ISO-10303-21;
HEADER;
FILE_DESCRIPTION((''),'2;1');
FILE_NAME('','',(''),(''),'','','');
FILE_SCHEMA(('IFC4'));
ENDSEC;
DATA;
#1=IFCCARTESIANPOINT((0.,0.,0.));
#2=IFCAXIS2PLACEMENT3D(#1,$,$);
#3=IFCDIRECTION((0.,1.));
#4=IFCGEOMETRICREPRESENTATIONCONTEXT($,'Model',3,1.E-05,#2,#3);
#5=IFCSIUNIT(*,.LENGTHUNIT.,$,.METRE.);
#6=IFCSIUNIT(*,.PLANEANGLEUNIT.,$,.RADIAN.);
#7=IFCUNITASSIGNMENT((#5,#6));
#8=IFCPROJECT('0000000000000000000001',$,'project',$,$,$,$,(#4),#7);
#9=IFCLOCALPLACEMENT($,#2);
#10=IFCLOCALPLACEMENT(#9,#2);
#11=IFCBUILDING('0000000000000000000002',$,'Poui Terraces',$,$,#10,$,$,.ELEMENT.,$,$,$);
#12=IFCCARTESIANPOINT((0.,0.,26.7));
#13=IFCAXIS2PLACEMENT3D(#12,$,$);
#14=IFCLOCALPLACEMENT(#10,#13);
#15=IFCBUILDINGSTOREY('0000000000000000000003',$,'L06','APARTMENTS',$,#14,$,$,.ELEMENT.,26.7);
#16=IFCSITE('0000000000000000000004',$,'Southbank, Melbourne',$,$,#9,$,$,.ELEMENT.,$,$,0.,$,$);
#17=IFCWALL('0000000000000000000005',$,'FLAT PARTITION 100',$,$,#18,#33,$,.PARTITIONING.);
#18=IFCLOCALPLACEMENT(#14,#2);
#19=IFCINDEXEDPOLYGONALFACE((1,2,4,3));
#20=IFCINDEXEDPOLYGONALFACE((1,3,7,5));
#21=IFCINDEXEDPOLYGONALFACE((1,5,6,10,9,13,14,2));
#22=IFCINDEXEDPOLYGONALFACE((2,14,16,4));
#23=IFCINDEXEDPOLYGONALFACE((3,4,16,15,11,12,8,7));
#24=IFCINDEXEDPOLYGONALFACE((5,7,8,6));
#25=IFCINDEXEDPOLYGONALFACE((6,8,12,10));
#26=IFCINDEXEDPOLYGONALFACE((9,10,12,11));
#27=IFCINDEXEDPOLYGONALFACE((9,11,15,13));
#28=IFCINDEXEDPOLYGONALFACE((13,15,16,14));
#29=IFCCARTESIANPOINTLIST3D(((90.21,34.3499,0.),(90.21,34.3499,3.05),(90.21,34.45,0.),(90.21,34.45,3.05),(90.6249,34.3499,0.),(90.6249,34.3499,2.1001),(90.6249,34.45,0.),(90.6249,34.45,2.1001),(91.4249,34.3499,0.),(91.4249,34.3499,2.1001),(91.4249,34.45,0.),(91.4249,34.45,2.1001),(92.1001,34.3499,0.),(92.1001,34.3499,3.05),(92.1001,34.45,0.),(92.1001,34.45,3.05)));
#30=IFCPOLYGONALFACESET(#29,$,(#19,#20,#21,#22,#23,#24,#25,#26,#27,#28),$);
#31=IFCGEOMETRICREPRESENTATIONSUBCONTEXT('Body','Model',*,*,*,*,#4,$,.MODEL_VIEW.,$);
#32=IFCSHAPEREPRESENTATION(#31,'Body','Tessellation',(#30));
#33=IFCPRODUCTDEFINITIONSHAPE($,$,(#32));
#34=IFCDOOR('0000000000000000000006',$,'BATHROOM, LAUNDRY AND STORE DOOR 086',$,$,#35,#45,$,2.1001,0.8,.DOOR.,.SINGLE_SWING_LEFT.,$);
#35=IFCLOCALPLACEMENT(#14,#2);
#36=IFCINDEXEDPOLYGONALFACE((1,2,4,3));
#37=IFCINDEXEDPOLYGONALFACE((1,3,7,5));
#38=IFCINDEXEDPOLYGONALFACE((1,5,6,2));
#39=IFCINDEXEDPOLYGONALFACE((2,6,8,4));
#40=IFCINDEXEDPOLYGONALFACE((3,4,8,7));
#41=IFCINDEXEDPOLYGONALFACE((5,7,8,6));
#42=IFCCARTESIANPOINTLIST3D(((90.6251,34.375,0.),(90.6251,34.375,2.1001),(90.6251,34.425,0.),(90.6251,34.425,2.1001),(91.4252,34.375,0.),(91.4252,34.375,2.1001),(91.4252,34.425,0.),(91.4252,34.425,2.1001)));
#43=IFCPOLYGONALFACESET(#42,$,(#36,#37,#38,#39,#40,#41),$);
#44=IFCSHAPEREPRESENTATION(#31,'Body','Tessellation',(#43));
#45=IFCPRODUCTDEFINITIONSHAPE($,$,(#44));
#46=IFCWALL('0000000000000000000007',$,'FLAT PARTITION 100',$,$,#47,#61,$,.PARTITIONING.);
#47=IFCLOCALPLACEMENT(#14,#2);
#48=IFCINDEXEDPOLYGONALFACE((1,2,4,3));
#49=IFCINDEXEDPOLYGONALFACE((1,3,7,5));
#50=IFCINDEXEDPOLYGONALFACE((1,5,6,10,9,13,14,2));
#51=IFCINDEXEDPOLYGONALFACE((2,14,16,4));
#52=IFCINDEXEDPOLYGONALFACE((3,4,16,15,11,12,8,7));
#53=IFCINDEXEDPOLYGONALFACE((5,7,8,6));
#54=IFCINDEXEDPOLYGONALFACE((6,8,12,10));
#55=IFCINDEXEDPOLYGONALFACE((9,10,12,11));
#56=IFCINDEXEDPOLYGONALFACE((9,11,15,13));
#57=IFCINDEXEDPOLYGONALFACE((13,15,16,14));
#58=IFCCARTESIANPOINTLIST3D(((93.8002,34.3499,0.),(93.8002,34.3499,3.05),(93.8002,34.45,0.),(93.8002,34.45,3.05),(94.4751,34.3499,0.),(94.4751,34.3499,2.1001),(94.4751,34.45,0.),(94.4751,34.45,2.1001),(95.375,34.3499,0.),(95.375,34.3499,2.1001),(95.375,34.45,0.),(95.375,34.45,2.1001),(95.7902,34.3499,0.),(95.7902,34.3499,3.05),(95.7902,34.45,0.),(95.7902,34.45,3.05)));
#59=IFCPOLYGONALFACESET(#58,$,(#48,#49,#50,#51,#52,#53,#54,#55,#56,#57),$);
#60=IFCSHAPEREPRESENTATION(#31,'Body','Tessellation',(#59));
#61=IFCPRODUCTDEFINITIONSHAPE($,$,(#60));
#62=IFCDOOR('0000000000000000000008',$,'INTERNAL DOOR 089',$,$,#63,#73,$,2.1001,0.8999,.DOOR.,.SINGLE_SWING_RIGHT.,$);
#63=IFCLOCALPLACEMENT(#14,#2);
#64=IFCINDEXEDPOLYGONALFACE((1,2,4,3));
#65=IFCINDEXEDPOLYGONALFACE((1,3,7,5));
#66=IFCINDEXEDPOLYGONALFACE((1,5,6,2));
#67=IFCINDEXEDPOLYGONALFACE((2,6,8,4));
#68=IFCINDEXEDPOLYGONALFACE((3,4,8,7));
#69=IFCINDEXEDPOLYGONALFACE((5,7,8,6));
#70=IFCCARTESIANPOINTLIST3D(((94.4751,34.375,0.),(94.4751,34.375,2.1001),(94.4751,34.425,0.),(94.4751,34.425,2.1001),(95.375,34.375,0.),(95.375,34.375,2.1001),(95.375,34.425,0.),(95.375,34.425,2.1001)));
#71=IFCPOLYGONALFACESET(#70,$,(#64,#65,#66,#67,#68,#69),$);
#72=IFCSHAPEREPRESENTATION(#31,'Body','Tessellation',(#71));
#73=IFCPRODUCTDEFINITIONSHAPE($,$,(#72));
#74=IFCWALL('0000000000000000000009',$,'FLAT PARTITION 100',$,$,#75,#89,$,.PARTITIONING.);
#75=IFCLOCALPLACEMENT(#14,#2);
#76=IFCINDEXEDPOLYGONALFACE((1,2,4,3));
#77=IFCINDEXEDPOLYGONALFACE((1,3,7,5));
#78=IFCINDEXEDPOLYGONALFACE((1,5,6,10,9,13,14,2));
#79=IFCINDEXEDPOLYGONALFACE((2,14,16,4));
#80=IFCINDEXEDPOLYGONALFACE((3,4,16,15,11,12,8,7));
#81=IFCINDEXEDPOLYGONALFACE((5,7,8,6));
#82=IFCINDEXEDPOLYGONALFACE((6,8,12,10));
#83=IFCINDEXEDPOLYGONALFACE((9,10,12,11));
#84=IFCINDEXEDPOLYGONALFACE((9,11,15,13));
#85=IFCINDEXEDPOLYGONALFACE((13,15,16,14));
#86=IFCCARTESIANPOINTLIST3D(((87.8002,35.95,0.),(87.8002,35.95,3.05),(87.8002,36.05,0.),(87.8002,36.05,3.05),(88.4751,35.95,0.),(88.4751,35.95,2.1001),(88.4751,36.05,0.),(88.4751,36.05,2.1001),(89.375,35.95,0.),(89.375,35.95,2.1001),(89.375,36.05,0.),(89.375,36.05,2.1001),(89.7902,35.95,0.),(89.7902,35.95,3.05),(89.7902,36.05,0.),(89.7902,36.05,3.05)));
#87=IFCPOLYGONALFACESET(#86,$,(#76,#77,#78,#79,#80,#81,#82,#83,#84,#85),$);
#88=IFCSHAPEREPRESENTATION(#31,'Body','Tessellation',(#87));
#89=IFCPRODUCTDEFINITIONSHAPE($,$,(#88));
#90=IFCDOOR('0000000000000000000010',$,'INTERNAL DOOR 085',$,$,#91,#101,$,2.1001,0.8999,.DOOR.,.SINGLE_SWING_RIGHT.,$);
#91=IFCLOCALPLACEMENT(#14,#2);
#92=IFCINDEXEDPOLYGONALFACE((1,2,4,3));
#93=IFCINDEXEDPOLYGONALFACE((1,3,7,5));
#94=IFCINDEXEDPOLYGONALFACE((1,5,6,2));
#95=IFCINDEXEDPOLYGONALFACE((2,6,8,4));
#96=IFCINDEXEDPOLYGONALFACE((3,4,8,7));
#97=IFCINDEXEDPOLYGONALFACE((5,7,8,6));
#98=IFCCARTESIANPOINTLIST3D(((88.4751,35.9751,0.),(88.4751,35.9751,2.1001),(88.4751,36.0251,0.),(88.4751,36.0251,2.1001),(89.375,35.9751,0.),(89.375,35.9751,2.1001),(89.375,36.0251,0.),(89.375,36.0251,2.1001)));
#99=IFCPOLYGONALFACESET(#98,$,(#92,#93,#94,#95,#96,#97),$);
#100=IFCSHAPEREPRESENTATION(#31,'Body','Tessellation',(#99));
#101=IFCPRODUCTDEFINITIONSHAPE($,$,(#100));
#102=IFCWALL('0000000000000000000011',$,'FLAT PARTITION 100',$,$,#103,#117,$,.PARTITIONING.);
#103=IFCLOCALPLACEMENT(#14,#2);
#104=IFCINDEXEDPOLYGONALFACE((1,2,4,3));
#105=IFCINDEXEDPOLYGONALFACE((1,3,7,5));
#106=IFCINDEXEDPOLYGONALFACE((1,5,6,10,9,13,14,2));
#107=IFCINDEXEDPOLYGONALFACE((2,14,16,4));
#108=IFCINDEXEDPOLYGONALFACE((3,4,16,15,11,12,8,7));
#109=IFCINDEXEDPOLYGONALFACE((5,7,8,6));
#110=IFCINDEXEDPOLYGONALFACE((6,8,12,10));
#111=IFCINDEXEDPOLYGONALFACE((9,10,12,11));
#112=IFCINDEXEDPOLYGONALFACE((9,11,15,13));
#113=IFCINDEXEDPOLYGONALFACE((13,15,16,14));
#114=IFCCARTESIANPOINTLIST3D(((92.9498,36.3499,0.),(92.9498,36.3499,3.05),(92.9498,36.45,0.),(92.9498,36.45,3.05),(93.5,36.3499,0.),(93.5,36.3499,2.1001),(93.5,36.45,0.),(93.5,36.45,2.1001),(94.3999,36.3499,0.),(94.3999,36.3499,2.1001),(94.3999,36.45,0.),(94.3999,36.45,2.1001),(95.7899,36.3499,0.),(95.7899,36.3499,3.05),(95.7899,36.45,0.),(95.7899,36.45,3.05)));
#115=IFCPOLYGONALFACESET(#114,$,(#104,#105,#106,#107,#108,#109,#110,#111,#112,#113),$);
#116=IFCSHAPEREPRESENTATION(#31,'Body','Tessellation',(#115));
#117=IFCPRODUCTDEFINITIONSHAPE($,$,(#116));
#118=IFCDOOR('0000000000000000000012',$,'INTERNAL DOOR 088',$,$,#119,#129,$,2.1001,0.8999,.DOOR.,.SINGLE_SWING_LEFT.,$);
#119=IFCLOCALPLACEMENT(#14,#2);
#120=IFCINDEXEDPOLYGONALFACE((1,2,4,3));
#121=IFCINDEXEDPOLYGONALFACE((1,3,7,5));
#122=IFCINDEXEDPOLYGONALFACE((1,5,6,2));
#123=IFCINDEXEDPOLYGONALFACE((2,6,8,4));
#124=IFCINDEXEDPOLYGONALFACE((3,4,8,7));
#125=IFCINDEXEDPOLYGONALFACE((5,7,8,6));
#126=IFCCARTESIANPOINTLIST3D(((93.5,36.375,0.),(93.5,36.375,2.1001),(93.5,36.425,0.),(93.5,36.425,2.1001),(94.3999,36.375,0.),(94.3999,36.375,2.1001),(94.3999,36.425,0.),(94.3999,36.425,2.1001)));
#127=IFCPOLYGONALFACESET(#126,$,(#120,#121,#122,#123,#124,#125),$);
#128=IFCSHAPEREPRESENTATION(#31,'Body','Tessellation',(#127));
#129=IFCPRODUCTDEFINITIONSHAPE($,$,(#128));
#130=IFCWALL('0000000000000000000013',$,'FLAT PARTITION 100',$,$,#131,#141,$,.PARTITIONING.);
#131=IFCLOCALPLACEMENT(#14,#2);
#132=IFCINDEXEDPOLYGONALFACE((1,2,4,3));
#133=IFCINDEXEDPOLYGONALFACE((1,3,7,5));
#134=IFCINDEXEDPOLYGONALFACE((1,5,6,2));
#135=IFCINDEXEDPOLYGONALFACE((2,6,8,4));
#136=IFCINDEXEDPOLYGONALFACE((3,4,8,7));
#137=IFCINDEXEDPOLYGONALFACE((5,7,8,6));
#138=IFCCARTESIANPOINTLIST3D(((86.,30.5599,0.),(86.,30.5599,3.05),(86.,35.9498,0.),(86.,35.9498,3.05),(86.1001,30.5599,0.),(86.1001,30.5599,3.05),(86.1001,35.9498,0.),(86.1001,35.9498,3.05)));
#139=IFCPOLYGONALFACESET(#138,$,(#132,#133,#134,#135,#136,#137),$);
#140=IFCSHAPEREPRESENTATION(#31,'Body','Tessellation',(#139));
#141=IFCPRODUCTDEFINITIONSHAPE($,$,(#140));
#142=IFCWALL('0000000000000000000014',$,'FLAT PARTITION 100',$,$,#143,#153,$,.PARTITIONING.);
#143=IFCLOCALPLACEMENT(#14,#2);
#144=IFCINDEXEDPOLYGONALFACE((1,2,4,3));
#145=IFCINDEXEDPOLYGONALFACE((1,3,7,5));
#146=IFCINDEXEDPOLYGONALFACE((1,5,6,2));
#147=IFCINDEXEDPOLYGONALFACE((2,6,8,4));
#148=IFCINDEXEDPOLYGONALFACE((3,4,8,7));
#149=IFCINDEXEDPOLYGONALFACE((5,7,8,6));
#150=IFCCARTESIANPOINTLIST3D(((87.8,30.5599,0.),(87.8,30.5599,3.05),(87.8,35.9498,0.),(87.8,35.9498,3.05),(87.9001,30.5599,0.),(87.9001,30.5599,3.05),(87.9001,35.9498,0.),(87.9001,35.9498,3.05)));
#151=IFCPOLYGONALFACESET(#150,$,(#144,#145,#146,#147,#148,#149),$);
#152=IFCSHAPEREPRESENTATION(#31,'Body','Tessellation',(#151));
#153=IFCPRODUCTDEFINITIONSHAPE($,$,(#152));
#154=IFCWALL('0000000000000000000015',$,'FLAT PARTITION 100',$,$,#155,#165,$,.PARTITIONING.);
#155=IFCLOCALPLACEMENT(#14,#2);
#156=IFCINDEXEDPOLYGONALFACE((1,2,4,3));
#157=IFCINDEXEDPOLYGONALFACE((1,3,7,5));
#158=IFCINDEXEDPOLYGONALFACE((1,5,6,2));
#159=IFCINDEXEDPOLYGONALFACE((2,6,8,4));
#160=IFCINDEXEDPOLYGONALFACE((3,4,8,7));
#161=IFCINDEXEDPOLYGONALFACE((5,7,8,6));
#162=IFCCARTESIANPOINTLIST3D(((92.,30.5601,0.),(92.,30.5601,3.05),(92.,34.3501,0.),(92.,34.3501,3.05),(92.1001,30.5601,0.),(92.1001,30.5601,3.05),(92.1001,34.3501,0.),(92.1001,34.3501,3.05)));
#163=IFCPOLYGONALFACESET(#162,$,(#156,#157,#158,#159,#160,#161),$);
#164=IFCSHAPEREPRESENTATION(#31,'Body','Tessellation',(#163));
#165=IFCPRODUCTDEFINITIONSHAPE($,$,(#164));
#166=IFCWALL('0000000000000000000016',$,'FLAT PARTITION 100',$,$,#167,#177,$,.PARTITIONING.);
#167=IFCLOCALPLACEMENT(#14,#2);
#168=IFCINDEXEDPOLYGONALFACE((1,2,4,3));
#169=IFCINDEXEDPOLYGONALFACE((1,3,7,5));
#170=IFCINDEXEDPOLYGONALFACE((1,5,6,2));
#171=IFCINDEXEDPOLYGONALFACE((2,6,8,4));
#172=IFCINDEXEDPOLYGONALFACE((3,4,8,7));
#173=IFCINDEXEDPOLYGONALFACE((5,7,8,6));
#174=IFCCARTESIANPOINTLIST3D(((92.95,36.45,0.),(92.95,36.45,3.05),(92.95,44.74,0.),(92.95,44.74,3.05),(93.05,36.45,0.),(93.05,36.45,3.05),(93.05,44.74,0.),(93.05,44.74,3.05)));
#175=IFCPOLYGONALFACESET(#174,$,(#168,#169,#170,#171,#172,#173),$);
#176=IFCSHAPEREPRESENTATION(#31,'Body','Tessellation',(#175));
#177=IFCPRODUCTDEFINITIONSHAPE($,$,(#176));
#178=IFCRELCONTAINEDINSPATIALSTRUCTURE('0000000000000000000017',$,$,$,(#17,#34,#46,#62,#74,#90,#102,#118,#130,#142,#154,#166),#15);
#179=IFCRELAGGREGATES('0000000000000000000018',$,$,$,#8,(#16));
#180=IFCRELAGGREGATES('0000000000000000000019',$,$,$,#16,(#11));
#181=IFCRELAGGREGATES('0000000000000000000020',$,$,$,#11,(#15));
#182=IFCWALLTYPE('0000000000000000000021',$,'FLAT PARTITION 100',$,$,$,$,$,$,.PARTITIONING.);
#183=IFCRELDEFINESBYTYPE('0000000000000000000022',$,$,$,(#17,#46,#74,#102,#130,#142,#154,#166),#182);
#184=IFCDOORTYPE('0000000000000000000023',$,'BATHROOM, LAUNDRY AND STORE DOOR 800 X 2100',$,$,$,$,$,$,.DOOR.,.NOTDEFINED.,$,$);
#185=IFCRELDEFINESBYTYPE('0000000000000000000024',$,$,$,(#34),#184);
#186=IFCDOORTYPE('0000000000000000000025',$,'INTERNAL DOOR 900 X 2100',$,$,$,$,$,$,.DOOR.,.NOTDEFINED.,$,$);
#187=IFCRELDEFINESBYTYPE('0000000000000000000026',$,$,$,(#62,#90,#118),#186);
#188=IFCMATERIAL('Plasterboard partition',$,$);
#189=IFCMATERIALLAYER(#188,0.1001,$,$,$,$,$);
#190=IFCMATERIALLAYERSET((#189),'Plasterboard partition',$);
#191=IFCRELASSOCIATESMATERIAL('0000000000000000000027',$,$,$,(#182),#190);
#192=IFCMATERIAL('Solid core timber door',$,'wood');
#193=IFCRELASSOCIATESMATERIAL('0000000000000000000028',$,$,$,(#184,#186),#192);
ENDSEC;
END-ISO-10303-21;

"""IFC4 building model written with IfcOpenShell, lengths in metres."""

from ifc_helpers import new_model, si_unit, direction, frame, frame_2d, origin, place, context, subcontext, project, spatial, rectangle, extrude, material, layer, layer_set, type_object, element, fill, save


model = new_model("IFC4")

# Units and contexts
model_context = context("Model", 3, precision=1e-05, world=origin(), true_north=direction((0.0, 1.0)))
body_context = subcontext(model_context, "Body", "Model", "MODEL_VIEW")
ifc_project = project(units=[si_unit("LENGTHUNIT", "METRE"), si_unit("PLANEANGLEUNIT", "RADIAN")], contexts=[model_context])

# Site, building, storey
site_placement = place(None, origin())
site = spatial("IfcSite", under=ifc_project, at=site_placement, Name="Southbank, Melbourne", CompositionType="ELEMENT", RefElevation=0.0)
building_placement = place(site_placement, origin())
building = spatial("IfcBuilding", under=site, at=building_placement, Name="Poui Terraces", CompositionType="ELEMENT")
storey_placement = place(building_placement, frame((0.0, 0.0, 26.7)))
storey = spatial("IfcBuildingStorey", under=building, at=storey_placement, Name="L06", Description="APARTMENTS", CompositionType="ELEMENT", Elevation=26.7)

# Walls, openings, doors
ifc_material_1 = material(Name="Plasterboard partition")
ifc_layer_1 = layer(ifc_material_1, 0.1001)
ifc_layer_set_1 = layer_set([ifc_layer_1], Name="Plasterboard partition")
wall_type_1 = type_object("IfcWallType", Name="FLAT PARTITION 100", PredefinedType="PARTITIONING", material=ifc_layer_set_1)
wall_1_placement = place(storey_placement, frame((90.21, 34.3999, 0.0), z_axis=(0.0, 0.0, 1.0), x_axis=(1.0, 0.0, 0.0)))
wall_1 = element("IfcWall", 1, at=wall_1_placement, inside=storey, type_object=wall_type_1, Name="FLAT PARTITION 100", PredefinedType="PARTITIONING", context=body_context, shape_type="SweptSolid", body=[
    extrude(rectangle(XDim=1.8901, YDim=0.1001, at=frame_2d((0.9451, 0.0))), origin(), (0.0, 0.0, 1.0), 3.05),
])
opening_1_placement = place(wall_1_placement, frame((0.415, 0.0, 0.0)))
opening_1 = element("IfcOpeningElement", 2, at=opening_1_placement, cuts=wall_1, PredefinedType="OPENING", context=body_context, shape_type="SweptSolid", body=[
    extrude(rectangle(XDim=0.8, YDim=2.1001, at=frame_2d((0.3999, 1.05))), frame((0.0, 0.0601, 0.0), z_axis=(0.0, -1.0, 0.0), x_axis=(1.0, 0.0, 0.0)), (0.0, 0.0, 1.0), 0.1201),
])
ifc_material_2 = material(Name="Solid core timber door", Category="wood")
door_type_1 = type_object("IfcDoorType", Name="BATHROOM, LAUNDRY AND STORE DOOR 800 X 2100", OperationType="NOTDEFINED", PredefinedType="DOOR", material=ifc_material_2)
door_1_placement = place(opening_1_placement, frame((0.8, 0.0, 0.0), z_axis=(0.0, 0.0, 1.0), x_axis=(-1.0, 0.0, 0.0)))
door_1 = element("IfcDoor", 3, at=door_1_placement, inside=storey, type_object=door_type_1, Name="BATHROOM, LAUNDRY AND STORE DOOR 086", OperationType="SINGLE_SWING_LEFT", OverallHeight=2.1001, OverallWidth=0.8, PredefinedType="DOOR", context=body_context, shape_type="SweptSolid", body=[
    extrude(rectangle(XDim=0.8, YDim=2.1001, at=frame_2d((0.3999, 1.05))), frame((0.0, 0.0249, 0.0), z_axis=(0.0, -1.0, 0.0), x_axis=(1.0, 0.0, 0.0)), (0.0, 0.0, 1.0), 0.05),
])
fill(opening_1, door_1)
wall_2_placement = place(storey_placement, frame((93.8, 34.3999, 0.0), z_axis=(0.0, 0.0, 1.0), x_axis=(1.0, 0.0, 0.0)))
wall_2 = element("IfcWall", 4, at=wall_2_placement, inside=storey, type_object=wall_type_1, Name="FLAT PARTITION 100", PredefinedType="PARTITIONING", context=body_context, shape_type="SweptSolid", body=[
    extrude(rectangle(XDim=1.99, YDim=0.1001, at=frame_2d((0.9951, 0.0))), origin(), (0.0, 0.0, 1.0), 3.05),
])
opening_2_placement = place(wall_2_placement, frame((0.675, 0.0, 0.0)))
opening_2 = element("IfcOpeningElement", 5, at=opening_2_placement, cuts=wall_2, PredefinedType="OPENING", context=body_context, shape_type="SweptSolid", body=[
    extrude(rectangle(XDim=0.8999, YDim=2.1001, at=frame_2d((0.45, 1.05))), frame((0.0, 0.0601, 0.0), z_axis=(0.0, -1.0, 0.0), x_axis=(1.0, 0.0, 0.0)), (0.0, 0.0, 1.0), 0.1201),
])
door_type_2 = type_object("IfcDoorType", Name="INTERNAL DOOR 900 X 2100", OperationType="NOTDEFINED", PredefinedType="DOOR", material=ifc_material_2)
door_2_placement = place(opening_2_placement, frame((0.8999, 0.0, 0.0), z_axis=(0.0, 0.0, 1.0), x_axis=(-1.0, 0.0, 0.0)))
door_2 = element("IfcDoor", 6, at=door_2_placement, inside=storey, type_object=door_type_2, Name="INTERNAL DOOR 089", OperationType="SINGLE_SWING_RIGHT", OverallHeight=2.1001, OverallWidth=0.8999, PredefinedType="DOOR", context=body_context, shape_type="SweptSolid", body=[
    extrude(rectangle(XDim=0.8999, YDim=2.1001, at=frame_2d((0.45, 1.05))), frame((0.0, 0.0249, 0.0), z_axis=(0.0, -1.0, 0.0), x_axis=(1.0, 0.0, 0.0)), (0.0, 0.0, 1.0), 0.05),
])
fill(opening_2, door_2)
wall_3_placement = place(storey_placement, frame((87.8, 36.0, 0.0), z_axis=(0.0, 0.0, 1.0), x_axis=(1.0, 0.0, 0.0)))
wall_3 = element("IfcWall", 7, at=wall_3_placement, inside=storey, type_object=wall_type_1, Name="FLAT PARTITION 100", PredefinedType="PARTITIONING", context=body_context, shape_type="SweptSolid", body=[
    extrude(rectangle(XDim=1.99, YDim=0.1001, at=frame_2d((0.9951, 0.0))), origin(), (0.0, 0.0, 1.0), 3.05),
])
opening_3_placement = place(wall_3_placement, frame((0.675, 0.0, 0.0)))
opening_3 = element("IfcOpeningElement", 8, at=opening_3_placement, cuts=wall_3, PredefinedType="OPENING", context=body_context, shape_type="SweptSolid", body=[
    extrude(rectangle(XDim=0.8999, YDim=2.1001, at=frame_2d((0.45, 1.05))), frame((0.0, 0.0601, 0.0), z_axis=(0.0, -1.0, 0.0), x_axis=(1.0, 0.0, 0.0)), (0.0, 0.0, 1.0), 0.1201),
])
door_3_placement = place(opening_3_placement, frame((0.8999, 0.0, 0.0), z_axis=(0.0, 0.0, 1.0), x_axis=(-1.0, 0.0, 0.0)))
door_3 = element("IfcDoor", 9, at=door_3_placement, inside=storey, type_object=door_type_2, Name="INTERNAL DOOR 085", OperationType="SINGLE_SWING_RIGHT", OverallHeight=2.1001, OverallWidth=0.8999, PredefinedType="DOOR", context=body_context, shape_type="SweptSolid", body=[
    extrude(rectangle(XDim=0.8999, YDim=2.1001, at=frame_2d((0.45, 1.05))), frame((0.0, 0.0249, 0.0), z_axis=(0.0, -1.0, 0.0), x_axis=(1.0, 0.0, 0.0)), (0.0, 0.0, 1.0), 0.05),
])
fill(opening_3, door_3)
wall_4_placement = place(storey_placement, frame((92.95, 36.3999, 0.0), z_axis=(0.0, 0.0, 1.0), x_axis=(1.0, 0.0, 0.0)))
wall_4 = element("IfcWall", 10, at=wall_4_placement, inside=storey, type_object=wall_type_1, Name="FLAT PARTITION 100", PredefinedType="PARTITIONING", context=body_context, shape_type="SweptSolid", body=[
    extrude(rectangle(XDim=2.8401, YDim=0.1001, at=frame_2d((1.4199, 0.0))), origin(), (0.0, 0.0, 1.0), 3.05),
])
opening_4_placement = place(wall_4_placement, frame((0.55, 0.0, 0.0)))
opening_4 = element("IfcOpeningElement", 11, at=opening_4_placement, cuts=wall_4, PredefinedType="OPENING", context=body_context, shape_type="SweptSolid", body=[
    extrude(rectangle(XDim=0.8999, YDim=2.1001, at=frame_2d((0.45, 1.05))), frame((0.0, 0.0601, 0.0), z_axis=(0.0, -1.0, 0.0), x_axis=(1.0, 0.0, 0.0)), (0.0, 0.0, 1.0), 0.1201),
])
door_4_placement = place(opening_4_placement, frame((0.8999, 0.0, 0.0), z_axis=(0.0, 0.0, 1.0), x_axis=(-1.0, 0.0, 0.0)))
door_4 = element("IfcDoor", 12, at=door_4_placement, inside=storey, type_object=door_type_2, Name="INTERNAL DOOR 088", OperationType="SINGLE_SWING_LEFT", OverallHeight=2.1001, OverallWidth=0.8999, PredefinedType="DOOR", context=body_context, shape_type="SweptSolid", body=[
    extrude(rectangle(XDim=0.8999, YDim=2.1001, at=frame_2d((0.45, 1.05))), frame((0.0, 0.0249, 0.0), z_axis=(0.0, -1.0, 0.0), x_axis=(1.0, 0.0, 0.0)), (0.0, 0.0, 1.0), 0.05),
])
fill(opening_4, door_4)

# Walls
for number, where, z_axis, x_axis, name in (
    (13, (86.05, 30.5601, 0.0), (0.0, 0.0, 1.0), (0.0, 1.0, 0.0), "FLAT PARTITION 100"),
    (14, (87.8501, 30.5601, 0.0), (0.0, 0.0, 1.0), (0.0, 1.0, 0.0), "FLAT PARTITION 100"),
):
    element("IfcWall", number, at=place(storey_placement, frame(where, z_axis=z_axis, x_axis=x_axis)), inside=storey, type_object=wall_type_1, Name=name, PredefinedType="PARTITIONING", context=body_context, shape_type="SweptSolid", body=[
        extrude(rectangle(XDim=5.3899, YDim=0.1001, at=frame_2d((2.6948, 0.0))), origin(), (0.0, 0.0, 1.0), 3.05),
    ])
wall_5_placement = place(storey_placement, frame((92.05, 30.5601, 0.0), z_axis=(0.0, 0.0, 1.0), x_axis=(0.0, 1.0, 0.0)))
element("IfcWall", 15, at=wall_5_placement, inside=storey, type_object=wall_type_1, Name="FLAT PARTITION 100", PredefinedType="PARTITIONING", context=body_context, shape_type="SweptSolid", body=[
    extrude(rectangle(XDim=3.79, YDim=0.1001, at=frame_2d((1.895, 0.0))), origin(), (0.0, 0.0, 1.0), 3.05),
])
wall_6_placement = place(storey_placement, frame((93.0, 36.45, 0.0), z_axis=(0.0, 0.0, 1.0), x_axis=(0.0, 1.0, 0.0)))
element("IfcWall", 16, at=wall_6_placement, inside=storey, type_object=wall_type_1, Name="FLAT PARTITION 100", PredefinedType="PARTITIONING", context=body_context, shape_type="SweptSolid", body=[
    extrude(rectangle(XDim=8.29, YDim=0.1001, at=frame_2d((4.145, 0.0))), origin(), (0.0, 0.0, 1.0), 3.05),
])

save(model, "model.ifc")
